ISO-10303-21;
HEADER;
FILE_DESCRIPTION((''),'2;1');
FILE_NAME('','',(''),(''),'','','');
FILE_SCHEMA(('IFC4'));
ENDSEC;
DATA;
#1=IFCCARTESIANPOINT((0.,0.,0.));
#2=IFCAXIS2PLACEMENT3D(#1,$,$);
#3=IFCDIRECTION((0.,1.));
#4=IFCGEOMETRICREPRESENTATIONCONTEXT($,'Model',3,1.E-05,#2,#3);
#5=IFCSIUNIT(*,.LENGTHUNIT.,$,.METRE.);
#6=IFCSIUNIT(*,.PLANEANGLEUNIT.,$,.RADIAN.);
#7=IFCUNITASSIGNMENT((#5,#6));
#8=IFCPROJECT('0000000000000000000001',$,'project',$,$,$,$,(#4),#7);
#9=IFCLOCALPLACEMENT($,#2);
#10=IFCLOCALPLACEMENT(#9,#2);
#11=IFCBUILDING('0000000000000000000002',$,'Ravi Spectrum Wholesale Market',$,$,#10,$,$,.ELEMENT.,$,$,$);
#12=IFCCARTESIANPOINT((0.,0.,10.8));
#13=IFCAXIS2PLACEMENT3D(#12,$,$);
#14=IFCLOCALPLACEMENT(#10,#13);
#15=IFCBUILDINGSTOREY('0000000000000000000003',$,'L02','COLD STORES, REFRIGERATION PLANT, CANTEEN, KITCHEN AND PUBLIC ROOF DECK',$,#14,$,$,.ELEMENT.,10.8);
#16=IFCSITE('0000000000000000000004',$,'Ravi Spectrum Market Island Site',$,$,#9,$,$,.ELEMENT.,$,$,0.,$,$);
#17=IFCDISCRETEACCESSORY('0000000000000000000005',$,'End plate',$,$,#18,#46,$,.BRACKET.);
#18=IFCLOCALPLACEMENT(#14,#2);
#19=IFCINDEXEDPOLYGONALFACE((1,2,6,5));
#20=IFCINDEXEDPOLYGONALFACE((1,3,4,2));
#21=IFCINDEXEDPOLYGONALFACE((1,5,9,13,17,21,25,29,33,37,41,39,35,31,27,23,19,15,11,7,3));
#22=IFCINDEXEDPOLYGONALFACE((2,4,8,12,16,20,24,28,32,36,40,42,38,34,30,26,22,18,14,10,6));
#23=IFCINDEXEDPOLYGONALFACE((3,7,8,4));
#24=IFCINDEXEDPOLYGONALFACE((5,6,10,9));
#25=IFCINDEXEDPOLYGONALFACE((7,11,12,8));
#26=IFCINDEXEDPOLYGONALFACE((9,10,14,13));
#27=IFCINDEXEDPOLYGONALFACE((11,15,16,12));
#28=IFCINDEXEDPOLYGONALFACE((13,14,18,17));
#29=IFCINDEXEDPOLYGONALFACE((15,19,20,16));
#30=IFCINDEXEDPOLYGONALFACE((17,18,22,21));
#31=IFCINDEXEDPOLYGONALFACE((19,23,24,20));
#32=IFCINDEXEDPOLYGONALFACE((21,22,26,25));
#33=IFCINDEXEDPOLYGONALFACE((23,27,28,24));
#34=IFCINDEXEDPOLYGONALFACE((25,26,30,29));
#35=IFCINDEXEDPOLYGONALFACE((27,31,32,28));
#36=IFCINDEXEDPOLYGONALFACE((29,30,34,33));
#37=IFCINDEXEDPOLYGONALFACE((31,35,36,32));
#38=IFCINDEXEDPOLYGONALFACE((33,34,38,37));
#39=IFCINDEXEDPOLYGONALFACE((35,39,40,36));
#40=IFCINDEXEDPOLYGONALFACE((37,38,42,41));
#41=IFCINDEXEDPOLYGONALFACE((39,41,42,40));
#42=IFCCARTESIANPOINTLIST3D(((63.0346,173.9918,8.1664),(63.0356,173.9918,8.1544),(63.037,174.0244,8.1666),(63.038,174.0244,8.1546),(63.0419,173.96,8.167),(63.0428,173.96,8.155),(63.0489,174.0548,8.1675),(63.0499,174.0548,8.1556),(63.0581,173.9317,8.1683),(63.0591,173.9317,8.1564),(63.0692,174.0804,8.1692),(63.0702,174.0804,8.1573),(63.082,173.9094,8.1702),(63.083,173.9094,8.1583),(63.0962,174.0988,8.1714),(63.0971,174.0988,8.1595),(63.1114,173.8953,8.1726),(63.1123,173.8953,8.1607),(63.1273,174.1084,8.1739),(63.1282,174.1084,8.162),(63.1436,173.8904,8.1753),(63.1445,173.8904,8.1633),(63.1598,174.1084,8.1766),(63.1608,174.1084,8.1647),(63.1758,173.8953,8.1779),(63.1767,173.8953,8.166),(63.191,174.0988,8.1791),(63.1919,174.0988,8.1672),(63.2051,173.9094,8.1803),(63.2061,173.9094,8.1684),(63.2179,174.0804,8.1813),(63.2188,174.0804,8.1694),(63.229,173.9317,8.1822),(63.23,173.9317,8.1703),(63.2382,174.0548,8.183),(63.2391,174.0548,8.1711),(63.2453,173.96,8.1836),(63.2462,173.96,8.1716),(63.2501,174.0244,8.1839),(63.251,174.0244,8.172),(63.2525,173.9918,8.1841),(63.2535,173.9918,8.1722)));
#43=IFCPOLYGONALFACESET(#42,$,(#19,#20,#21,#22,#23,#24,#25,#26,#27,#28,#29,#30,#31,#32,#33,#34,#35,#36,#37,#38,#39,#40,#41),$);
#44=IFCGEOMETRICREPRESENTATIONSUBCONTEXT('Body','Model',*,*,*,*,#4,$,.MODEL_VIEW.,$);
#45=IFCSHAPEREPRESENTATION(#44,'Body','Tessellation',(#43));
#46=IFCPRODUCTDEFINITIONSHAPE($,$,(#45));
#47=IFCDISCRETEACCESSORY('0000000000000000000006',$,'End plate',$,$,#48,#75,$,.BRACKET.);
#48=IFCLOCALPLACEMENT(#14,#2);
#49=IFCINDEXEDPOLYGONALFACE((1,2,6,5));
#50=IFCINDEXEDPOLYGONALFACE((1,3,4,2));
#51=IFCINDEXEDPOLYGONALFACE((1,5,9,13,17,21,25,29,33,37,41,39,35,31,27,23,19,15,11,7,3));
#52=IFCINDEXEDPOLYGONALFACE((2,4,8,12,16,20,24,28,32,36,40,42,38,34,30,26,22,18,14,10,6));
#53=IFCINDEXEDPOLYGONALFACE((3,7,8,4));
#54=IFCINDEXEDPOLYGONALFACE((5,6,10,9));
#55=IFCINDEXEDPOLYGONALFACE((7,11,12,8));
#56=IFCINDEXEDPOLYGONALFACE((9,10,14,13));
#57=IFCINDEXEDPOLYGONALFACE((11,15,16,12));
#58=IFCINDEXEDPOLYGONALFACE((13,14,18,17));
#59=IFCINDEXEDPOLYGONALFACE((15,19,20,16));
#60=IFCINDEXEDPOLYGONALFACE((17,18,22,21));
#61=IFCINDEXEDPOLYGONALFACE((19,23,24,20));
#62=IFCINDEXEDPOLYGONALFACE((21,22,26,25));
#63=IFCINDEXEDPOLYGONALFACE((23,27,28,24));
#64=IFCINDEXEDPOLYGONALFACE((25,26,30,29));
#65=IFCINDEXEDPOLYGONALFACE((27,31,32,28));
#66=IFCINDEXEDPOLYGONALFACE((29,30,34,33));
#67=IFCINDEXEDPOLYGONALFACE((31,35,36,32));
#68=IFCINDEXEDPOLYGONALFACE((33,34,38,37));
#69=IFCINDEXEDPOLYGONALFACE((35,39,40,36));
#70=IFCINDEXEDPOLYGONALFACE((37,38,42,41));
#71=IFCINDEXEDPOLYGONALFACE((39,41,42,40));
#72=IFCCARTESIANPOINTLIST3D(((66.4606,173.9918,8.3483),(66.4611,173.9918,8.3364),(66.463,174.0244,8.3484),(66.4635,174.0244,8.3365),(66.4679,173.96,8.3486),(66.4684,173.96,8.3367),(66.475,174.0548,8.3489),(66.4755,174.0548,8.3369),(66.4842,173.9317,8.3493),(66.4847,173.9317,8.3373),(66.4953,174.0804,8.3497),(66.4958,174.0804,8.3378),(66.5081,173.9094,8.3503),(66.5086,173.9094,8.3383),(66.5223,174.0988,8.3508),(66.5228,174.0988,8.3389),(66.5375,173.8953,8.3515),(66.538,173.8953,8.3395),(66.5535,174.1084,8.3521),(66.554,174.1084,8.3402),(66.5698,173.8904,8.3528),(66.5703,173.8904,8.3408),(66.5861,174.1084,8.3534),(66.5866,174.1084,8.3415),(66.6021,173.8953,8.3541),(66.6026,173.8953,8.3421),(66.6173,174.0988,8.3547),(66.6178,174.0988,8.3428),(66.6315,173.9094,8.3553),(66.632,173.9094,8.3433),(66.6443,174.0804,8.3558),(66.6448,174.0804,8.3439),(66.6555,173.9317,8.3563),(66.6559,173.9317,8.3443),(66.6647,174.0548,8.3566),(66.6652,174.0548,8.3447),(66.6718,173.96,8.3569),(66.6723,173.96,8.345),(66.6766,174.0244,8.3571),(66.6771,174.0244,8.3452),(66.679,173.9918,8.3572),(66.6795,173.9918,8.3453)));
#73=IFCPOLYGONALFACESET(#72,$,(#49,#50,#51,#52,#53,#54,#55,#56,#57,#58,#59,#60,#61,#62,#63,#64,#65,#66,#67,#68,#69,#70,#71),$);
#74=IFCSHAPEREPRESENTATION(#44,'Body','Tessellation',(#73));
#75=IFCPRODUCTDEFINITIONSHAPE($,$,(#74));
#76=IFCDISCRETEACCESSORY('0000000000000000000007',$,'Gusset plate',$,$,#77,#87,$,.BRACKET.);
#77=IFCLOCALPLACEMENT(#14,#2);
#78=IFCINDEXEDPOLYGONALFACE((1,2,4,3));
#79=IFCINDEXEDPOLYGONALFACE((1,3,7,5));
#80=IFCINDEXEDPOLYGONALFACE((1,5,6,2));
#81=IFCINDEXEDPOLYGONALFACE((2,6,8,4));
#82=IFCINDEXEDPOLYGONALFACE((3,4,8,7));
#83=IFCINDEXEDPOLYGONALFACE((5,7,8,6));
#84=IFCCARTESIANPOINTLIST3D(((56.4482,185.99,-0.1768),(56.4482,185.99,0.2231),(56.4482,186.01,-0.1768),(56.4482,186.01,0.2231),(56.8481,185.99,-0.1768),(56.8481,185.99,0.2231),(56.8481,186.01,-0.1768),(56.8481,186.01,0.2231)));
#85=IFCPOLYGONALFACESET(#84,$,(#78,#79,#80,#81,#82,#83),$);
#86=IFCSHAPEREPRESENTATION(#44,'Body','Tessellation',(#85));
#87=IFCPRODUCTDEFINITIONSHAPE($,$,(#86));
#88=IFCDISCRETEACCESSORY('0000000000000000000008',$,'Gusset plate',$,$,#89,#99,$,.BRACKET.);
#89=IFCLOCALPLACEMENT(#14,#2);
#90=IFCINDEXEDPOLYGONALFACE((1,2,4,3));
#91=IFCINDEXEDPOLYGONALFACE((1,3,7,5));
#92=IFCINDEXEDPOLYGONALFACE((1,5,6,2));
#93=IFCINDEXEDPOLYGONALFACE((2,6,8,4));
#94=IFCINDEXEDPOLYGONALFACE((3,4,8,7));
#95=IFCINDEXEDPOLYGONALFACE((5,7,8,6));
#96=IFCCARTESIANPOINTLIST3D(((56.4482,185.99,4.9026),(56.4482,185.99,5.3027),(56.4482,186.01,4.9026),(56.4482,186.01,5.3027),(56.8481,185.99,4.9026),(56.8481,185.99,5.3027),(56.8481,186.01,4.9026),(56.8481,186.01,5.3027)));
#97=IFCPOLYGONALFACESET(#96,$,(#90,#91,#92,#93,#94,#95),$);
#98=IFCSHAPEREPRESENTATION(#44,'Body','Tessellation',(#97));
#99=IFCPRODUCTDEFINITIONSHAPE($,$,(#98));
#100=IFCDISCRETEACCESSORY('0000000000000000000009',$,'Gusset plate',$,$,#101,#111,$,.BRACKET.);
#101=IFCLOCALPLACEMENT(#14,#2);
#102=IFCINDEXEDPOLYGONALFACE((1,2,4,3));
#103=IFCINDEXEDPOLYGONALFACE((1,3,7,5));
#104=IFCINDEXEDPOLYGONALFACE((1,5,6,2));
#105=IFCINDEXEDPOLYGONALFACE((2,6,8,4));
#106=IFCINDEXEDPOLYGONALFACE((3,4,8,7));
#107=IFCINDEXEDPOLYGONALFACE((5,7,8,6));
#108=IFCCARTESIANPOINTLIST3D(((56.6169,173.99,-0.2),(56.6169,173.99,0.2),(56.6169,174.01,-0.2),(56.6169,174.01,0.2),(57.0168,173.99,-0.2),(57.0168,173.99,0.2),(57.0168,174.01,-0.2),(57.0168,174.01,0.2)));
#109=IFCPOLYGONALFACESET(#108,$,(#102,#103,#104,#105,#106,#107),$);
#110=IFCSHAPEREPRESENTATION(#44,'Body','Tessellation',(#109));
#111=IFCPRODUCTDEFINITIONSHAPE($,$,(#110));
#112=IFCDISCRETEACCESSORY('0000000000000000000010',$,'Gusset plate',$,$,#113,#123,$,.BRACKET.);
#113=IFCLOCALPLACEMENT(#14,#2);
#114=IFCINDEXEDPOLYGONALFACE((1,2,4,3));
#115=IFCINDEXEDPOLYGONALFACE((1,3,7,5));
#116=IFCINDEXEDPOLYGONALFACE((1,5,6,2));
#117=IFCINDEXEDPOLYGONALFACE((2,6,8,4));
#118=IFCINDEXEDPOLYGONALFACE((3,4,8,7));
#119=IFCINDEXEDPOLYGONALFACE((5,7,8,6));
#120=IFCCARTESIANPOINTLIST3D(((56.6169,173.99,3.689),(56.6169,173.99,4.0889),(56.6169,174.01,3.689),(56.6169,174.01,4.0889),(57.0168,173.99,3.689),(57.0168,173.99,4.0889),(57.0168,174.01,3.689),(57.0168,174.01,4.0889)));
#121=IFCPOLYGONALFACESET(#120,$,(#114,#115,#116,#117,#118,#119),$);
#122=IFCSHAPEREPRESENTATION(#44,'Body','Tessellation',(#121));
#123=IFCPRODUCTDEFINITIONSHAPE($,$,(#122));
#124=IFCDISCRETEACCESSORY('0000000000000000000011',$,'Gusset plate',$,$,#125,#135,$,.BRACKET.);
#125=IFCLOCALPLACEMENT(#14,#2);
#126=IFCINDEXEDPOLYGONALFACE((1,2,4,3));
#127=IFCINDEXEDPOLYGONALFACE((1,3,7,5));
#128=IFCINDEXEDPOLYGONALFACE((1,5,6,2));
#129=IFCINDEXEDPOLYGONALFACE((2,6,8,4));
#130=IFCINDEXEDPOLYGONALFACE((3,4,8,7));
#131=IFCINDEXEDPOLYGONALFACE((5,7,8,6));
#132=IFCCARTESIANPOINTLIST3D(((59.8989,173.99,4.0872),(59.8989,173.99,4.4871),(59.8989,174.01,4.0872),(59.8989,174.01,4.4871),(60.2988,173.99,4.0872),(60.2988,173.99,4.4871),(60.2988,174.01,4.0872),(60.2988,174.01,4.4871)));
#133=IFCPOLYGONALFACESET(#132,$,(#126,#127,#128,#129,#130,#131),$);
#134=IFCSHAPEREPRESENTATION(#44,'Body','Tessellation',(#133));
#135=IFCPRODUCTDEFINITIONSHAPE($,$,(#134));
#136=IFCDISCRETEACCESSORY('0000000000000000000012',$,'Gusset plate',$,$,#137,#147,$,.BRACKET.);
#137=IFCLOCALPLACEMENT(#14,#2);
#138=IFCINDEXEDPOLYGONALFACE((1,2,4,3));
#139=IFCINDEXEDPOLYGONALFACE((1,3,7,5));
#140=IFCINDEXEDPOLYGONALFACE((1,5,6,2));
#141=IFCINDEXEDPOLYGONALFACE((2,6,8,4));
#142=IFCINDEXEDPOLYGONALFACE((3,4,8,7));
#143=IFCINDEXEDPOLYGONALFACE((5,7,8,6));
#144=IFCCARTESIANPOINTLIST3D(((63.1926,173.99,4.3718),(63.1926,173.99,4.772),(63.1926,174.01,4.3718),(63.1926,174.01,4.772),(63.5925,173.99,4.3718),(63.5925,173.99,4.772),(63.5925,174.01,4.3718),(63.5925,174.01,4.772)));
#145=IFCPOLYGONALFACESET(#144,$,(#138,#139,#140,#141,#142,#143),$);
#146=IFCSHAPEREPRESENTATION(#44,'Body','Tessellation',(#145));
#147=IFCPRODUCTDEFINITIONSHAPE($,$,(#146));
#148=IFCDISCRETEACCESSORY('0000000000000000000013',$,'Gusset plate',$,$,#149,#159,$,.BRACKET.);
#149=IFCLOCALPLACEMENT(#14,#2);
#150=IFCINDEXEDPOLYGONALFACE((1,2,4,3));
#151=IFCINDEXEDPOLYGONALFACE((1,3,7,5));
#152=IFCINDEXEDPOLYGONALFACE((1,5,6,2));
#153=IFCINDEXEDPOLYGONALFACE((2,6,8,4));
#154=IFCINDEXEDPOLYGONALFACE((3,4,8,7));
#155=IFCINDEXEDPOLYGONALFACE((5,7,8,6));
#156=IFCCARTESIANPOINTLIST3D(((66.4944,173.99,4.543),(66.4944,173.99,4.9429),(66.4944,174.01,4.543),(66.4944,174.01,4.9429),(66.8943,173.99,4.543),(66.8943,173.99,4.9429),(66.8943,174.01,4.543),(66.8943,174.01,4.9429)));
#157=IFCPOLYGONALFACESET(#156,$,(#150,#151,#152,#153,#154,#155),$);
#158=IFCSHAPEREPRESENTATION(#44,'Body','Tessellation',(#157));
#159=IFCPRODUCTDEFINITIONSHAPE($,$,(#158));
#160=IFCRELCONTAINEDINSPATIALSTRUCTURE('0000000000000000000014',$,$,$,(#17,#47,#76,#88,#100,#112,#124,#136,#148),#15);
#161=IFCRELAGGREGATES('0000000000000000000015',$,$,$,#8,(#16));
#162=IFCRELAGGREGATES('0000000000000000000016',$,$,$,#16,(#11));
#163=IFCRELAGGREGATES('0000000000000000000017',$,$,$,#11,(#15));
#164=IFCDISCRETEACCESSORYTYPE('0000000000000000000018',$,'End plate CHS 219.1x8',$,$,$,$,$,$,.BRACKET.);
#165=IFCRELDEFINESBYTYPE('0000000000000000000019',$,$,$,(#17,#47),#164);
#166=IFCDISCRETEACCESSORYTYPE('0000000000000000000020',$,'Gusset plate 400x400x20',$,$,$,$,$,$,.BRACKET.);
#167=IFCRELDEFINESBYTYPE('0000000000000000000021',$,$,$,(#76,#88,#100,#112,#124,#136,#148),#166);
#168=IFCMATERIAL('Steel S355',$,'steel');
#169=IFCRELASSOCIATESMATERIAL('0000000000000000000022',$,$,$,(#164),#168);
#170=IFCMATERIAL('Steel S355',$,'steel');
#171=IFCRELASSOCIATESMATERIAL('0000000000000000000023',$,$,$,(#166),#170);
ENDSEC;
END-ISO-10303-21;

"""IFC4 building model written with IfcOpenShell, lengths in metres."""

from ifc_helpers import new_model, si_unit, direction, frame, origin, origin_2d, place, context, subcontext, project, spatial, rectangle, circle, extrude, material, material_profile, profile_set, type_object, element, save


model = new_model("IFC4")

# Units and contexts
model_context = context("Model", 3, precision=1e-05, world=origin(), true_north=direction((0.0, 1.0)))
body_context = subcontext(model_context, "Body", "Model", "MODEL_VIEW")
ifc_project = project(units=[si_unit("LENGTHUNIT", "METRE"), si_unit("PLANEANGLEUNIT", "RADIAN")], contexts=[model_context])

# Site, building, storey
site_placement = place(None, origin())
site = spatial("IfcSite", under=ifc_project, at=site_placement, Name="Ravi Spectrum Market Island Site", CompositionType="ELEMENT", RefElevation=0.0)
building_placement = place(site_placement, origin())
building = spatial("IfcBuilding", under=site, at=building_placement, Name="Ravi Spectrum Wholesale Market", CompositionType="ELEMENT")
storey_placement = place(building_placement, frame((0.0, 0.0, 10.8)))
storey = spatial("IfcBuildingStorey", under=building, at=storey_placement, Name="L02", Description="COLD STORES, REFRIGERATION PLANT, CANTEEN, KITCHEN AND PUBLIC ROOF DECK", CompositionType="ELEMENT", Elevation=10.8)

# Discrete accessories
ifc_material_1 = material(Name="Steel S355", Category="steel")
ifc_material_profile_1 = material_profile(ifc_material_1, circle(Radius=0.1096, at=origin_2d()))
ifc_profile_set_1 = profile_set([ifc_material_profile_1], Name="Steel S355")
discrete_accessory_type_1 = type_object("IfcDiscreteAccessoryType", Name="End plate CHS 219.1x8", PredefinedType="BRACKET", material=ifc_profile_set_1)
for number, where, z_axis, x_axis, name in (
    (1, (63.1445, 174.0, 8.1633), (-0.081362, 0.0, 0.996685), (0.0, -1.0, 0.0), "End plate"),
    (2, (66.5703, 174.0, 8.3408), (-0.040782, 0.0, 0.999168), (0.0, -1.0, 0.0), "End plate"),
):
    element("IfcDiscreteAccessory", number, at=place(storey_placement, frame(where, z_axis=z_axis, x_axis=x_axis)), inside=storey, type_object=discrete_accessory_type_1, Name=name, PredefinedType="BRACKET", context=body_context, shape_type="SweptSolid", body=[
        extrude(circle(Radius=0.1096, at=origin_2d()), origin(), (0.0, 0.0, 1.0), 0.012),
    ])
ifc_material_2 = material(Name="Steel S355", Category="steel")
ifc_material_profile_2 = material_profile(ifc_material_2, rectangle(XDim=0.3999, YDim=0.02, at=origin_2d()))
ifc_profile_set_2 = profile_set([ifc_material_profile_2], Name="Steel S355")
discrete_accessory_type_2 = type_object("IfcDiscreteAccessoryType", Name="Gusset plate 400x400x20", PredefinedType="BRACKET", material=ifc_profile_set_2)
discrete_accessory_1_placement = place(storey_placement, frame((56.6482, 186.0, -0.1768), z_axis=(0.0, 0.0, 1.0), x_axis=(1.0, 0.0, 0.0)))
element("IfcDiscreteAccessory", 3, at=discrete_accessory_1_placement, inside=storey, type_object=discrete_accessory_type_2, Name="Gusset plate", PredefinedType="BRACKET", context=body_context, shape_type="SweptSolid", body=[
    extrude(rectangle(XDim=0.3999, YDim=0.02, at=origin_2d()), origin(), (0.0, 0.0, 1.0), 0.3999),
])
discrete_accessory_2_placement = place(storey_placement, frame((56.6482, 186.0, 4.9026), z_axis=(0.0, 0.0, 1.0), x_axis=(1.0, 0.0, 0.0)))
element("IfcDiscreteAccessory", 4, at=discrete_accessory_2_placement, inside=storey, type_object=discrete_accessory_type_2, Name="Gusset plate", PredefinedType="BRACKET", context=body_context, shape_type="SweptSolid", body=[
    extrude(rectangle(XDim=0.3999, YDim=0.02, at=origin_2d()), origin(), (0.0, 0.0, 1.0), 0.4001),
])
for number, where, z_axis, x_axis, name in (
    (5, (56.8169, 174.0, -0.2), (0.0, 0.0, 1.0), (1.0, 0.0, 0.0), "Gusset plate"),
    (6, (56.8169, 174.0, 3.689), (0.0, 0.0, 1.0), (1.0, 0.0, 0.0), "Gusset plate"),
    (7, (60.0989, 174.0, 4.0872), (0.0, 0.0, 1.0), (1.0, 0.0, 0.0), "Gusset plate"),
):
    element("IfcDiscreteAccessory", number, at=place(storey_placement, frame(where, z_axis=z_axis, x_axis=x_axis)), inside=storey, type_object=discrete_accessory_type_2, Name=name, PredefinedType="BRACKET", context=body_context, shape_type="SweptSolid", body=[
        extrude(rectangle(XDim=0.3999, YDim=0.02, at=origin_2d()), origin(), (0.0, 0.0, 1.0), 0.3999),
    ])
discrete_accessory_3_placement = place(storey_placement, frame((63.3926, 174.0, 4.3718), z_axis=(0.0, 0.0, 1.0), x_axis=(1.0, 0.0, 0.0)))
element("IfcDiscreteAccessory", 8, at=discrete_accessory_3_placement, inside=storey, type_object=discrete_accessory_type_2, Name="Gusset plate", PredefinedType="BRACKET", context=body_context, shape_type="SweptSolid", body=[
    extrude(rectangle(XDim=0.3999, YDim=0.02, at=origin_2d()), origin(), (0.0, 0.0, 1.0), 0.4001),
])
discrete_accessory_4_placement = place(storey_placement, frame((66.6943, 174.0, 4.543), z_axis=(0.0, 0.0, 1.0), x_axis=(1.0, 0.0, 0.0)))
element("IfcDiscreteAccessory", 9, at=discrete_accessory_4_placement, inside=storey, type_object=discrete_accessory_type_2, Name="Gusset plate", PredefinedType="BRACKET", context=body_context, shape_type="SweptSolid", body=[
    extrude(rectangle(XDim=0.3999, YDim=0.02, at=origin_2d()), origin(), (0.0, 0.0, 1.0), 0.3999),
])

save(model, "model.ifc")
